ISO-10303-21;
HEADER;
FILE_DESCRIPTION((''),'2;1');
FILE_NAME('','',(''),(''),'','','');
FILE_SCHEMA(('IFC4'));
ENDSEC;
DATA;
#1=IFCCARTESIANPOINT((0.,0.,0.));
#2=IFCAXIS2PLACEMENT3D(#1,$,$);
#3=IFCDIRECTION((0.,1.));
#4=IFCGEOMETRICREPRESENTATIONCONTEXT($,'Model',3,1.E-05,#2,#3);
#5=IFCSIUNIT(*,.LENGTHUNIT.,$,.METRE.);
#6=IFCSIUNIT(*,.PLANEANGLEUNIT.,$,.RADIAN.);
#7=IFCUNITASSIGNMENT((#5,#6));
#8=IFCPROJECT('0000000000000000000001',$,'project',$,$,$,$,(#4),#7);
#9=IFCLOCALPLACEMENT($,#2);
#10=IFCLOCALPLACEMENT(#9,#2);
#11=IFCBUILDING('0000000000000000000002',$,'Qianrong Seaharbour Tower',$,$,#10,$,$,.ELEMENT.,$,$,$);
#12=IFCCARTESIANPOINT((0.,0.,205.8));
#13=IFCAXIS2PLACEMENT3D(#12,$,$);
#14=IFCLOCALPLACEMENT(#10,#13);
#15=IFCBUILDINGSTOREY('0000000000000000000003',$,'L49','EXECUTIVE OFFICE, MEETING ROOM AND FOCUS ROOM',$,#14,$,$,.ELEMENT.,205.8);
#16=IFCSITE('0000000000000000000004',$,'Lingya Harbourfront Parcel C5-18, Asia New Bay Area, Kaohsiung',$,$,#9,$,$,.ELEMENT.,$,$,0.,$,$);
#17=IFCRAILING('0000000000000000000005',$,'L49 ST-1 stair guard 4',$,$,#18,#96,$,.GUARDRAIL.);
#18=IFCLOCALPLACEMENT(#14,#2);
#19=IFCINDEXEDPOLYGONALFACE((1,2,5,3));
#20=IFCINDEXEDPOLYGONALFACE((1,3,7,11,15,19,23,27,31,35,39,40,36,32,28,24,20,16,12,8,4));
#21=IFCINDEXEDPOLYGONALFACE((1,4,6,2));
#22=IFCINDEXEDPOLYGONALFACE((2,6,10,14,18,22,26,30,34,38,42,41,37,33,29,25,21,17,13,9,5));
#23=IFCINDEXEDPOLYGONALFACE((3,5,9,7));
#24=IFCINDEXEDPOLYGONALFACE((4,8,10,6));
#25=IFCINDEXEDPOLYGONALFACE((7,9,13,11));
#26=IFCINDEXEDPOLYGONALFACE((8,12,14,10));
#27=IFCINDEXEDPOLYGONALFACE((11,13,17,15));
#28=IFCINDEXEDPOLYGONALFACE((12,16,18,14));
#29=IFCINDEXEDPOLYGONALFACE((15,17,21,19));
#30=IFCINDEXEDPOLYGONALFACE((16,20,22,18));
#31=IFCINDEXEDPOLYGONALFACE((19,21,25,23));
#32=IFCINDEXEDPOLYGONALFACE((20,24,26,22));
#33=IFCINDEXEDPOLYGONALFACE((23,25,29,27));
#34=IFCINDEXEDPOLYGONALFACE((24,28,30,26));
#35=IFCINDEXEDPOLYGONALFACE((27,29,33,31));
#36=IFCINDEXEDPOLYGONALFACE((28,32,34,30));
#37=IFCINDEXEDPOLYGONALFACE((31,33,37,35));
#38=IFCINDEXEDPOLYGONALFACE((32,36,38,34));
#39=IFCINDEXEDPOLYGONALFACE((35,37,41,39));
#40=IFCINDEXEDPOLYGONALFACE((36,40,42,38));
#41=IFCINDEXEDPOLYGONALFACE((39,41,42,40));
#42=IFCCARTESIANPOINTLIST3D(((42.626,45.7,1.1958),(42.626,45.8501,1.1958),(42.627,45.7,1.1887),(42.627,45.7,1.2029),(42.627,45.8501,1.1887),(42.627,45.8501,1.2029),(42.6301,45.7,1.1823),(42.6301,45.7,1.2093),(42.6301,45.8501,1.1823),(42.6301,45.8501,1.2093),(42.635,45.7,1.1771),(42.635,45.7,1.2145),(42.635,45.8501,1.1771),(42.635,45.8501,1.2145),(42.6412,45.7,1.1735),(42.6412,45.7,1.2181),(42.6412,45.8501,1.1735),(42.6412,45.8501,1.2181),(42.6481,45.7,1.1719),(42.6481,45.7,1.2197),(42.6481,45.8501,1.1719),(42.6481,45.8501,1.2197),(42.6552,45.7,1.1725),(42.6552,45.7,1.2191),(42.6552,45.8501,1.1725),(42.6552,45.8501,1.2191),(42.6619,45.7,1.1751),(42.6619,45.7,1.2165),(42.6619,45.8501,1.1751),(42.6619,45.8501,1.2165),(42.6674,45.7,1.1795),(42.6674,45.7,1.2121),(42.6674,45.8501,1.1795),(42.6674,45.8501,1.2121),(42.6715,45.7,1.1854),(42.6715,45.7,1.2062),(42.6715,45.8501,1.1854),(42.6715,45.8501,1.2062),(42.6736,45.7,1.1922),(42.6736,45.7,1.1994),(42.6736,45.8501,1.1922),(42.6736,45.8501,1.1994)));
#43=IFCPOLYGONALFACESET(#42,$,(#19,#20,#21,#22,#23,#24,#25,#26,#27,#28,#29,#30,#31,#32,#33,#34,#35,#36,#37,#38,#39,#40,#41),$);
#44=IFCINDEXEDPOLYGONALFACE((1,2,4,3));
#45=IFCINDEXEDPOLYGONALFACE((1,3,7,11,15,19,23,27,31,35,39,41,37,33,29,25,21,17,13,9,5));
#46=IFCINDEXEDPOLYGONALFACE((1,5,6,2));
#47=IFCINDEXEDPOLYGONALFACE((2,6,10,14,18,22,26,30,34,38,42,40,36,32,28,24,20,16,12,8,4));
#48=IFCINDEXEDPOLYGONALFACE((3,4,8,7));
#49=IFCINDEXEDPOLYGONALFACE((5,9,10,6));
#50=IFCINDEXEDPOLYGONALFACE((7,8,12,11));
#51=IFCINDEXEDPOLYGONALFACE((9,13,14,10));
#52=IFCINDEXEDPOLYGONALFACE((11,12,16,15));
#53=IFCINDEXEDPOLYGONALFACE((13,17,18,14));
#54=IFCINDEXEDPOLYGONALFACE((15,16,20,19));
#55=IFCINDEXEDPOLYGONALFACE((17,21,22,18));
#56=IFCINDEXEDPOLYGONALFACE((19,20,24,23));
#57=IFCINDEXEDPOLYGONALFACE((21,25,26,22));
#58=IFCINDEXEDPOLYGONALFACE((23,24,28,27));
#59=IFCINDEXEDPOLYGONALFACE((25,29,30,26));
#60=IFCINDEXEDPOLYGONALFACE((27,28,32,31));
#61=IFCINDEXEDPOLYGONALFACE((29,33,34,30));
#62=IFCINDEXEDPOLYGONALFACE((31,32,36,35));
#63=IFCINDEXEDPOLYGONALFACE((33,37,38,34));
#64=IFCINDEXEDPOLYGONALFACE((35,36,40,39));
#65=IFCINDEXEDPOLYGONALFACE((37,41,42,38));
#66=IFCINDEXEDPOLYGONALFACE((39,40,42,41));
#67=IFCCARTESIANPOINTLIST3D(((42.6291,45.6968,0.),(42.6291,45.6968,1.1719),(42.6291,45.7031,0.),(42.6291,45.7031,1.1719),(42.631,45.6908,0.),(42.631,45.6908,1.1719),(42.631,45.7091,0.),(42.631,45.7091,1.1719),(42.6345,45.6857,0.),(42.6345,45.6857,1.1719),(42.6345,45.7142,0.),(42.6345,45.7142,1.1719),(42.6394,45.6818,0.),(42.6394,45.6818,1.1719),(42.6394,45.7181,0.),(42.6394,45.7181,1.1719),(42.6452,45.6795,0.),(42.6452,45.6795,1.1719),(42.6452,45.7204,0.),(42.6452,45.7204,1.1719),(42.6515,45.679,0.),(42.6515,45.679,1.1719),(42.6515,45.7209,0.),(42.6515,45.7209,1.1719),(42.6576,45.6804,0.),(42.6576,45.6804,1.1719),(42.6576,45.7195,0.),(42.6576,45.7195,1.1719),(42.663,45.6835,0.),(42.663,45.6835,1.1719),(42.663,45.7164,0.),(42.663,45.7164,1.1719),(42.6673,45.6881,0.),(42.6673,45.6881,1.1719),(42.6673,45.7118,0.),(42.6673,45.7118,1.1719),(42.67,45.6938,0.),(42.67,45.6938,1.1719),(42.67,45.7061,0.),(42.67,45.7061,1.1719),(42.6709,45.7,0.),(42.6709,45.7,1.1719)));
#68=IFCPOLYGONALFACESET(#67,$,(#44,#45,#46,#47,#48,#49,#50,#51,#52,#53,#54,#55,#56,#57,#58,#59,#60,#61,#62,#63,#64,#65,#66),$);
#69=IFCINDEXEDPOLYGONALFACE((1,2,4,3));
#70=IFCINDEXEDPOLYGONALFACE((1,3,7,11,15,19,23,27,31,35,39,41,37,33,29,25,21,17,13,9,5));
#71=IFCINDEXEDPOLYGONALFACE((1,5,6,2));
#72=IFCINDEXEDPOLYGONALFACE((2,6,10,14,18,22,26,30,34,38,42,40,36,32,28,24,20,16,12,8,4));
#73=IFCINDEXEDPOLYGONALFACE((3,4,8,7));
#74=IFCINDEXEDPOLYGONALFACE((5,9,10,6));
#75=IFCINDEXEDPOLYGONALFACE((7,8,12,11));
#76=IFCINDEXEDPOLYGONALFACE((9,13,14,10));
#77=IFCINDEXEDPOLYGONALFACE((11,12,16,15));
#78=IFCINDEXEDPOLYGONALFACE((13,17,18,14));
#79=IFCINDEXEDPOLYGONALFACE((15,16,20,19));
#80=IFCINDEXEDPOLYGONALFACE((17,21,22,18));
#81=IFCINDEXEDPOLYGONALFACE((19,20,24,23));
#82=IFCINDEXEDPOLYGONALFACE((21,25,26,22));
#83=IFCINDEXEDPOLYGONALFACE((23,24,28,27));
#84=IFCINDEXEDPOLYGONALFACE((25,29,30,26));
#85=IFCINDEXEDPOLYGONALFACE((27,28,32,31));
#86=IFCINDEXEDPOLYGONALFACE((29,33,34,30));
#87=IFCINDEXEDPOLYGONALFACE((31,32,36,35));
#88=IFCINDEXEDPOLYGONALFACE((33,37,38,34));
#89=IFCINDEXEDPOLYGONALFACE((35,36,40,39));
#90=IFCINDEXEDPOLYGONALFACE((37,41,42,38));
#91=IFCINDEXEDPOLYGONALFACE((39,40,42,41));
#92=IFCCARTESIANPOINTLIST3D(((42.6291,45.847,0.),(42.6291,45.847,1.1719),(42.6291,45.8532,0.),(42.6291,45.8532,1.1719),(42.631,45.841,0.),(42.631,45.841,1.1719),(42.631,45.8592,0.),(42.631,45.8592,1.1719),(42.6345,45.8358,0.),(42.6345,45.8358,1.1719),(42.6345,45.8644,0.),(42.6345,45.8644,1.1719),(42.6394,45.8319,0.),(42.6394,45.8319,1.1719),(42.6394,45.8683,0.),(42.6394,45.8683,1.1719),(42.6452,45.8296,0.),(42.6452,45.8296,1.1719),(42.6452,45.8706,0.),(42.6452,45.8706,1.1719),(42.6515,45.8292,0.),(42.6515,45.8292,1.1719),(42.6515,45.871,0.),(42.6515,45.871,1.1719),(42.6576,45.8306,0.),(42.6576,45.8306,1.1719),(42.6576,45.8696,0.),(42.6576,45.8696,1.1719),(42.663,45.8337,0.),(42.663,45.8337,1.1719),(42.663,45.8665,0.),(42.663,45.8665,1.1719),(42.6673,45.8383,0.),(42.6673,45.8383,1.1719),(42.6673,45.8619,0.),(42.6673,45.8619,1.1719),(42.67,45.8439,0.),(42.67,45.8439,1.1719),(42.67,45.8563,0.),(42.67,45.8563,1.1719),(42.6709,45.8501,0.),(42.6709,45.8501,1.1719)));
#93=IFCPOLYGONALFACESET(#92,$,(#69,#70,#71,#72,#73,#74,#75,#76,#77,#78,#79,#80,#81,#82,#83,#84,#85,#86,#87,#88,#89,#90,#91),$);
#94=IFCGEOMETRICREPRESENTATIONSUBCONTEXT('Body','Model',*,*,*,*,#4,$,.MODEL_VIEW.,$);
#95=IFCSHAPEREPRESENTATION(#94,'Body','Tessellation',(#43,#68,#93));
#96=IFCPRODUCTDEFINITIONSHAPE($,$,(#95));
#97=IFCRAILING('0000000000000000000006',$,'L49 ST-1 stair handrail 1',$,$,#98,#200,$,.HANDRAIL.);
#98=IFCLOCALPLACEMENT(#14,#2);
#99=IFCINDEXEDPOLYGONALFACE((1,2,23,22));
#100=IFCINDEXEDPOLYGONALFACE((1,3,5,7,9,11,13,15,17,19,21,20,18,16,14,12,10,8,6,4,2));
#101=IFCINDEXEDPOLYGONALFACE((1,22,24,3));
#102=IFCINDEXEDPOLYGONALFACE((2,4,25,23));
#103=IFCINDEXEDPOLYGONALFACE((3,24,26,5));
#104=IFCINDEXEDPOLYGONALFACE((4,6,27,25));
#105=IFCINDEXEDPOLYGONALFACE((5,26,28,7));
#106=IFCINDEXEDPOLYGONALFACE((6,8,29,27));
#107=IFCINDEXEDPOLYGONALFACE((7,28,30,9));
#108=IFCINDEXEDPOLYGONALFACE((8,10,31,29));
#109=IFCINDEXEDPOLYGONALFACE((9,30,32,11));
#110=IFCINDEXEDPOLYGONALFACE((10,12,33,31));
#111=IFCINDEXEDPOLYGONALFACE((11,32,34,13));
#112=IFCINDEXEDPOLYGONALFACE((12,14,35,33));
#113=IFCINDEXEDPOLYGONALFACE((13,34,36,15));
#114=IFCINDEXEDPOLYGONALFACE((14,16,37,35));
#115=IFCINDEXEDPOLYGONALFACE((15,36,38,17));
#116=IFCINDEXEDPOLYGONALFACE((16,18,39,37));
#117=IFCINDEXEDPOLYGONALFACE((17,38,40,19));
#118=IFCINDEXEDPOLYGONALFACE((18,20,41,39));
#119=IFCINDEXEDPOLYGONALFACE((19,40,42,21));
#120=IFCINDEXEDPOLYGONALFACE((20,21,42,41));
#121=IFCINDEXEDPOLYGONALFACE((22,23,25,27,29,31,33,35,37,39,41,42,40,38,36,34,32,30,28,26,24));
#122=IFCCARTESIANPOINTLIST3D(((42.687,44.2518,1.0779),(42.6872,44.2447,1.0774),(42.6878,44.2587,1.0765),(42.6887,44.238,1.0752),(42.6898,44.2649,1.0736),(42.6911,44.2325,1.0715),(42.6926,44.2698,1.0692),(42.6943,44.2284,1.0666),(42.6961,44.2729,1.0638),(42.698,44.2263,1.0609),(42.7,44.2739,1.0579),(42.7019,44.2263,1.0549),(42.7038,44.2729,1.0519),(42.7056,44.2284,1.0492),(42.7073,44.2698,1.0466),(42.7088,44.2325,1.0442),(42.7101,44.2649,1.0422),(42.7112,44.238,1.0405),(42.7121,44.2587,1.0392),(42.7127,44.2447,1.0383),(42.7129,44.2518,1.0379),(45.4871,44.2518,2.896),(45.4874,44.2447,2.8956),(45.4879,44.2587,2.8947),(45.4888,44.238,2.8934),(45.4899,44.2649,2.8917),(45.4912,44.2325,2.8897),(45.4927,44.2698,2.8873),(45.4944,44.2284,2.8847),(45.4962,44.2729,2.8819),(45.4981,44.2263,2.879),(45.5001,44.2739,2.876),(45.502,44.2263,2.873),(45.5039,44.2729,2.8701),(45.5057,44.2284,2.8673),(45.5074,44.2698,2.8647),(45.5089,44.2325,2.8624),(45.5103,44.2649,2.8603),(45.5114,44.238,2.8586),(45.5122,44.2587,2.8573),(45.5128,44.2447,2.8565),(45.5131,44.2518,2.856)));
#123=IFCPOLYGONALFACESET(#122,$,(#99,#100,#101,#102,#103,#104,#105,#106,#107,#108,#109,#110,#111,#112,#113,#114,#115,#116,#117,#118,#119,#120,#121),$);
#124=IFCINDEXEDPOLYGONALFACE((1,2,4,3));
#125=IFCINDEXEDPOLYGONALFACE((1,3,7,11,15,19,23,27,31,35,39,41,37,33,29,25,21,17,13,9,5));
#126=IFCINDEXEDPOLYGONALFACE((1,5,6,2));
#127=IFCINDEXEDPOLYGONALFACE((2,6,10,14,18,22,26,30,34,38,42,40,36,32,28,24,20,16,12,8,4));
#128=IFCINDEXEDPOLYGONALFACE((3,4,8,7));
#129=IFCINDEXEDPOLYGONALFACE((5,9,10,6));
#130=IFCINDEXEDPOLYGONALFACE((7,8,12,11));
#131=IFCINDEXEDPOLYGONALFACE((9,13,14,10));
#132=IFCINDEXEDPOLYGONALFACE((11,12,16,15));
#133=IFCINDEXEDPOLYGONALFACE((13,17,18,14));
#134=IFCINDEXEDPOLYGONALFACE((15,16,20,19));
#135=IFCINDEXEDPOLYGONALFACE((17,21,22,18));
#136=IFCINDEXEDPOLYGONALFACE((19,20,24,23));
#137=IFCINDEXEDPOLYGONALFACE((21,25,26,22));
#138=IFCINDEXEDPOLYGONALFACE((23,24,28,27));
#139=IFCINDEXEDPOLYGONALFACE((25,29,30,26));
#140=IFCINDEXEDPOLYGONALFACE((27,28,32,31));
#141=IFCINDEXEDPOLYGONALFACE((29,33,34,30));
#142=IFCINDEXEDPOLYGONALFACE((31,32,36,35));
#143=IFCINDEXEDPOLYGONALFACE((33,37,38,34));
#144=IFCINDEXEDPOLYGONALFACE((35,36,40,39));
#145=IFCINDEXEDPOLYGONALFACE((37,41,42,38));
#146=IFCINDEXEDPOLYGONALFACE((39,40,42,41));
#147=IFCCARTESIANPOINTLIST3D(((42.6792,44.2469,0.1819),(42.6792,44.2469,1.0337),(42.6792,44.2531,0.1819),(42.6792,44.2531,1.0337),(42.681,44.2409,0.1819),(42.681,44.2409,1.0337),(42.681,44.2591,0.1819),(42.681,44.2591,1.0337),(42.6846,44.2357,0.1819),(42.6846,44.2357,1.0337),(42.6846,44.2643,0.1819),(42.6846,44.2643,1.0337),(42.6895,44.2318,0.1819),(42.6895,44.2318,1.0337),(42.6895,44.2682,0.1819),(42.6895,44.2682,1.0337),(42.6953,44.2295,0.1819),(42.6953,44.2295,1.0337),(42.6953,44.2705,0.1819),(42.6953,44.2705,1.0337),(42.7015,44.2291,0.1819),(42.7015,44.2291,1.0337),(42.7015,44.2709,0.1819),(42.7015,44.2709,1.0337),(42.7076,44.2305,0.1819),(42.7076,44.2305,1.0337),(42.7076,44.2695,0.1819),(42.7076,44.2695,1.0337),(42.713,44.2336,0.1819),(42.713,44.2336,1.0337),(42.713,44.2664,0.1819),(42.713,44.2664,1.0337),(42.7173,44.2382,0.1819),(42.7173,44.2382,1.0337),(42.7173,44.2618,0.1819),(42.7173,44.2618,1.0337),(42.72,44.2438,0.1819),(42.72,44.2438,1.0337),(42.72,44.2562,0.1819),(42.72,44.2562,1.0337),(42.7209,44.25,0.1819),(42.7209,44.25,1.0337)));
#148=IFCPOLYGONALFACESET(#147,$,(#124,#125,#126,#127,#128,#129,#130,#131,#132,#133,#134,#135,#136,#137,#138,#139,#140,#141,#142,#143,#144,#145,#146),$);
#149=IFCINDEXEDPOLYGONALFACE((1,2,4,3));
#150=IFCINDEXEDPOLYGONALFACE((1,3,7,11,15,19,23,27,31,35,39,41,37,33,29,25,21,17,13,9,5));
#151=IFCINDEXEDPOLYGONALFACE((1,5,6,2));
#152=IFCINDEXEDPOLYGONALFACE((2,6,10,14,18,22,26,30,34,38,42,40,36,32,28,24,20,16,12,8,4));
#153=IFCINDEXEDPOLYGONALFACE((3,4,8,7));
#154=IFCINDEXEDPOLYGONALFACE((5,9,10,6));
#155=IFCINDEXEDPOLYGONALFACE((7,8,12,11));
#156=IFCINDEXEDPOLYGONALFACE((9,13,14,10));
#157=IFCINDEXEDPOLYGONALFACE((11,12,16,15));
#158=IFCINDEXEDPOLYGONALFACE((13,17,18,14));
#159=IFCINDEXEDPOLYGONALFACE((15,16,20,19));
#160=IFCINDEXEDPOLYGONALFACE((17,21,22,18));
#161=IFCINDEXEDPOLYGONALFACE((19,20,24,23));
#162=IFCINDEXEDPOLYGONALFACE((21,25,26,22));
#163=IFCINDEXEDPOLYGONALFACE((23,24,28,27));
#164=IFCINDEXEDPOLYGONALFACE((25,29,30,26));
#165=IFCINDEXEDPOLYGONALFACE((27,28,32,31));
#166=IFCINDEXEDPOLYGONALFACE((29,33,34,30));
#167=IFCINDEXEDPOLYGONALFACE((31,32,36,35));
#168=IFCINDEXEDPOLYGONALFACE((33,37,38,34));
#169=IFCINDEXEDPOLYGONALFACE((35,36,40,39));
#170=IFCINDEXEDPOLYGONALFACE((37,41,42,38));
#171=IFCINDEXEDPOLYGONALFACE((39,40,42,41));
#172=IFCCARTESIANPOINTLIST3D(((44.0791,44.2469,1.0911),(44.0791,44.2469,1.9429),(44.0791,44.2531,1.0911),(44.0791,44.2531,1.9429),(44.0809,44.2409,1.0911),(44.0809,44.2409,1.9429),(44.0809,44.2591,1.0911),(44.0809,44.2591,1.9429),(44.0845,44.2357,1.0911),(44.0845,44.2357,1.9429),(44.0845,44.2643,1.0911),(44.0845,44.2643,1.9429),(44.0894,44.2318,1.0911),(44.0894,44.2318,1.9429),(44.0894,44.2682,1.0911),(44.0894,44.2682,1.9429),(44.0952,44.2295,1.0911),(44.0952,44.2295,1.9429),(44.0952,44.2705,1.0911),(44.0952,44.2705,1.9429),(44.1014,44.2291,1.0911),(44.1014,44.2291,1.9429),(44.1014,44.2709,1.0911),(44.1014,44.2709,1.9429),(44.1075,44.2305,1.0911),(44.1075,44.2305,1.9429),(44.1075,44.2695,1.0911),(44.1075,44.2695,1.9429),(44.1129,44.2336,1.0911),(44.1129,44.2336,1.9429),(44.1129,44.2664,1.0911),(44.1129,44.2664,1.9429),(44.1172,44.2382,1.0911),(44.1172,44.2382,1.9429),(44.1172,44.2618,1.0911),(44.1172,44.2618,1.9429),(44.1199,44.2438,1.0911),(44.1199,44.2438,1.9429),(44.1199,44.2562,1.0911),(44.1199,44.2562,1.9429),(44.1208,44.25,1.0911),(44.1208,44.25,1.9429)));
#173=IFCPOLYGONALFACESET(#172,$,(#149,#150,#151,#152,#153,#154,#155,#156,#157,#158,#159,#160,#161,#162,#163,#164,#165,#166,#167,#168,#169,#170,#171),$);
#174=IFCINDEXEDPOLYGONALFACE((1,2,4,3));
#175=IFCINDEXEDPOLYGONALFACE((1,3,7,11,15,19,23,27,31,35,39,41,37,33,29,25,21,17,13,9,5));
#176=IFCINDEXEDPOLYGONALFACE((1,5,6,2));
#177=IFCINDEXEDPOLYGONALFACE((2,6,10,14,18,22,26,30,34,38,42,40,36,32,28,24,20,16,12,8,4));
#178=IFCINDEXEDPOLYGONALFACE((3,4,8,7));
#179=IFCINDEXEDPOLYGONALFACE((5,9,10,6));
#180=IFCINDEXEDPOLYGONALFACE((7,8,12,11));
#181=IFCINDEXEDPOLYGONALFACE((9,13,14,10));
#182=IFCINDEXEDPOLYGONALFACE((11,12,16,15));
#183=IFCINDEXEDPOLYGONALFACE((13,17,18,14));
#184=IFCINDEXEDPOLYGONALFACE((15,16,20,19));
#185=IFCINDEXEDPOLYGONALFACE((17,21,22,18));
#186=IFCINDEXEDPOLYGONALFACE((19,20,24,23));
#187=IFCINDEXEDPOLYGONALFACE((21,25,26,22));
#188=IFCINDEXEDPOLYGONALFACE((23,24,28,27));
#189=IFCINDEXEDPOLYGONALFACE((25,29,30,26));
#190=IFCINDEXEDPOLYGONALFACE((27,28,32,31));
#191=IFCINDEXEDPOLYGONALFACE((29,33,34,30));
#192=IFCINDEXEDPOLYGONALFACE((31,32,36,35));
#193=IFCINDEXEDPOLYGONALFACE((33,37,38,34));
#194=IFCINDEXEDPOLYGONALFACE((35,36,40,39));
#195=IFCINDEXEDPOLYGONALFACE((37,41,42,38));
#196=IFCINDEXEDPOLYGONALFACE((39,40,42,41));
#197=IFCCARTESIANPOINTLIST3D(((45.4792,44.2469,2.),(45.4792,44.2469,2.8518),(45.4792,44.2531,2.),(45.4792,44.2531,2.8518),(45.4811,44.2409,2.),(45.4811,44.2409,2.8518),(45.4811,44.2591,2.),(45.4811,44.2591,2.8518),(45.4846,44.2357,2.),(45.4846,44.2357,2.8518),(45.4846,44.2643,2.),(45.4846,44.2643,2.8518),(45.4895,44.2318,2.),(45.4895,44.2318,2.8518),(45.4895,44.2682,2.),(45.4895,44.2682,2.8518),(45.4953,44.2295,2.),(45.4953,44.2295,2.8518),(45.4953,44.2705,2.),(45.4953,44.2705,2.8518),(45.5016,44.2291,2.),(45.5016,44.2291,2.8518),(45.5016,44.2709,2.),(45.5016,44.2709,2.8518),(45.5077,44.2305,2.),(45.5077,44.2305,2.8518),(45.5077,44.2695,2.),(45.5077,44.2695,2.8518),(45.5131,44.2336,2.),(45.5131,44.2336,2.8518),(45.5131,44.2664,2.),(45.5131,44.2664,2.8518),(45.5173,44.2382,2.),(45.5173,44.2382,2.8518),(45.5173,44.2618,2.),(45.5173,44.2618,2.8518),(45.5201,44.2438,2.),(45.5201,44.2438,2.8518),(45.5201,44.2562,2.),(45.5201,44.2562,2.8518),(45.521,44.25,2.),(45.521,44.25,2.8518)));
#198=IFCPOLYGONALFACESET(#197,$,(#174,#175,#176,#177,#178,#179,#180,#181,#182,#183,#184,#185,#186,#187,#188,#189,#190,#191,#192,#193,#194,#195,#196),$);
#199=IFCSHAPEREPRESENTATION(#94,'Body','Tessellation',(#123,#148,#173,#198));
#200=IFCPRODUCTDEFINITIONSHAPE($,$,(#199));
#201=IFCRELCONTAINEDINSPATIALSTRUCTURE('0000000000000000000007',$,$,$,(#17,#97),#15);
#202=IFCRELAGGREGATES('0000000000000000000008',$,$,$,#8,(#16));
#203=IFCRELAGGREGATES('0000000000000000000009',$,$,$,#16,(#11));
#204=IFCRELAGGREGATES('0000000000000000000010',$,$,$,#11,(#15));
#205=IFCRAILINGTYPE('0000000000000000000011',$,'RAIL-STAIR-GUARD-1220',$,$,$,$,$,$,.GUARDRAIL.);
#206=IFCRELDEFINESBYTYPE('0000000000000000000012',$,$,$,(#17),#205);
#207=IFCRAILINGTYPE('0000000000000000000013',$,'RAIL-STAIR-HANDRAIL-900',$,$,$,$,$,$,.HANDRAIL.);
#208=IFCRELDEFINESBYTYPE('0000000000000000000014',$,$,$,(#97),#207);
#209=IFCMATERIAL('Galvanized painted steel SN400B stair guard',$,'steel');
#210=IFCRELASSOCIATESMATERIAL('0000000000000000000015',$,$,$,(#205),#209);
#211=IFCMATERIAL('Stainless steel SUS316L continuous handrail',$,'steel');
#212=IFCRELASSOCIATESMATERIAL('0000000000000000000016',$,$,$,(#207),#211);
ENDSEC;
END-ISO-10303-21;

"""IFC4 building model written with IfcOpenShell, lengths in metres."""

from ifc_helpers import new_model, si_unit, direction, frame, origin, origin_2d, place, context, subcontext, project, spatial, circle, extrude, material, type_object, element, save


model = new_model("IFC4")

# Units and contexts
model_context = context("Model", 3, precision=1e-05, world=origin(), true_north=direction((0.0, 1.0)))
body_context = subcontext(model_context, "Body", "Model", "MODEL_VIEW")
ifc_project = project(units=[si_unit("LENGTHUNIT", "METRE"), si_unit("PLANEANGLEUNIT", "RADIAN")], contexts=[model_context])

# Site, building, storey
site_placement = place(None, origin())
site = spatial("IfcSite", under=ifc_project, at=site_placement, Name="Lingya Harbourfront Parcel C5-18, Asia New Bay Area, Kaohsiung", CompositionType="ELEMENT", RefElevation=0.0)
building_placement = place(site_placement, origin())
building = spatial("IfcBuilding", under=site, at=building_placement, Name="Qianrong Seaharbour Tower", CompositionType="ELEMENT")
storey_placement = place(building_placement, frame((0.0, 0.0, 205.8)))
storey = spatial("IfcBuildingStorey", under=building, at=storey_placement, Name="L49", Description="EXECUTIVE OFFICE, MEETING ROOM AND FOCUS ROOM", CompositionType="ELEMENT", Elevation=205.8)

# Railings
ifc_material_1 = material(Name="Galvanized painted steel SN400B stair guard", Category="steel")
railing_type_1 = type_object("IfcRailingType", Name="RAIL-STAIR-GUARD-1220", PredefinedType="GUARDRAIL", material=ifc_material_1)
for number, where, name in (
    (1, (42.6499, 45.7, 0.0), "L49 ST-1 stair guard 4"),
):
    element("IfcRailing", number, at=place(storey_placement, frame(where)), inside=storey, type_object=railing_type_1, Name=name, PredefinedType="GUARDRAIL", context=body_context, shape_type="SweptSolid", body=[
        extrude(circle(Radius=0.0239, at=origin_2d()), frame((0.0, 0.0, 1.1958), z_axis=(0.0, 1.0, 0.0), x_axis=(-1.0, 0.0, 0.0)), (0.0, 0.0, 1.0), 0.1501),
        extrude(circle(Radius=0.021, at=origin_2d()), origin(), (0.0, 0.0, 1.0), 1.1719),
        extrude(circle(Radius=0.021, at=origin_2d()), frame((0.0, 0.1501, 0.0)), (0.0, 0.0, 1.0), 1.1719),
    ])
ifc_material_2 = material(Name="Stainless steel SUS316L continuous handrail", Category="steel")
railing_type_2 = type_object("IfcRailingType", Name="RAIL-STAIR-HANDRAIL-900", PredefinedType="HANDRAIL", material=ifc_material_2)
railing_1_placement = place(storey_placement, frame((42.7, 44.25, 0.1819)))
element("IfcRailing", 2, at=railing_1_placement, inside=storey, type_object=railing_type_2, Name="L49 ST-1 stair handrail 1", PredefinedType="HANDRAIL", context=body_context, shape_type="SweptSolid", body=[
    extrude(circle(Radius=0.0239, at=origin_2d()), frame((0.0, 0.0, 0.876), z_axis=(0.838706, 0.0, 0.544585), x_axis=(0.0, 1.0, 0.0)), (0.0, 0.0, 1.0), 3.3386),
    extrude(circle(Radius=0.021, at=origin_2d()), origin(), (0.0, 0.0, 1.0), 0.8518),
    extrude(circle(Radius=0.021, at=origin_2d()), frame((1.3999, 0.0, 0.9092)), (0.0, 0.0, 1.0), 0.8518),
    extrude(circle(Radius=0.021, at=origin_2d()), frame((2.8, 0.0, 1.8181)), (0.0, 0.0, 1.0), 0.8518),
])

save(model, "model.ifc")
